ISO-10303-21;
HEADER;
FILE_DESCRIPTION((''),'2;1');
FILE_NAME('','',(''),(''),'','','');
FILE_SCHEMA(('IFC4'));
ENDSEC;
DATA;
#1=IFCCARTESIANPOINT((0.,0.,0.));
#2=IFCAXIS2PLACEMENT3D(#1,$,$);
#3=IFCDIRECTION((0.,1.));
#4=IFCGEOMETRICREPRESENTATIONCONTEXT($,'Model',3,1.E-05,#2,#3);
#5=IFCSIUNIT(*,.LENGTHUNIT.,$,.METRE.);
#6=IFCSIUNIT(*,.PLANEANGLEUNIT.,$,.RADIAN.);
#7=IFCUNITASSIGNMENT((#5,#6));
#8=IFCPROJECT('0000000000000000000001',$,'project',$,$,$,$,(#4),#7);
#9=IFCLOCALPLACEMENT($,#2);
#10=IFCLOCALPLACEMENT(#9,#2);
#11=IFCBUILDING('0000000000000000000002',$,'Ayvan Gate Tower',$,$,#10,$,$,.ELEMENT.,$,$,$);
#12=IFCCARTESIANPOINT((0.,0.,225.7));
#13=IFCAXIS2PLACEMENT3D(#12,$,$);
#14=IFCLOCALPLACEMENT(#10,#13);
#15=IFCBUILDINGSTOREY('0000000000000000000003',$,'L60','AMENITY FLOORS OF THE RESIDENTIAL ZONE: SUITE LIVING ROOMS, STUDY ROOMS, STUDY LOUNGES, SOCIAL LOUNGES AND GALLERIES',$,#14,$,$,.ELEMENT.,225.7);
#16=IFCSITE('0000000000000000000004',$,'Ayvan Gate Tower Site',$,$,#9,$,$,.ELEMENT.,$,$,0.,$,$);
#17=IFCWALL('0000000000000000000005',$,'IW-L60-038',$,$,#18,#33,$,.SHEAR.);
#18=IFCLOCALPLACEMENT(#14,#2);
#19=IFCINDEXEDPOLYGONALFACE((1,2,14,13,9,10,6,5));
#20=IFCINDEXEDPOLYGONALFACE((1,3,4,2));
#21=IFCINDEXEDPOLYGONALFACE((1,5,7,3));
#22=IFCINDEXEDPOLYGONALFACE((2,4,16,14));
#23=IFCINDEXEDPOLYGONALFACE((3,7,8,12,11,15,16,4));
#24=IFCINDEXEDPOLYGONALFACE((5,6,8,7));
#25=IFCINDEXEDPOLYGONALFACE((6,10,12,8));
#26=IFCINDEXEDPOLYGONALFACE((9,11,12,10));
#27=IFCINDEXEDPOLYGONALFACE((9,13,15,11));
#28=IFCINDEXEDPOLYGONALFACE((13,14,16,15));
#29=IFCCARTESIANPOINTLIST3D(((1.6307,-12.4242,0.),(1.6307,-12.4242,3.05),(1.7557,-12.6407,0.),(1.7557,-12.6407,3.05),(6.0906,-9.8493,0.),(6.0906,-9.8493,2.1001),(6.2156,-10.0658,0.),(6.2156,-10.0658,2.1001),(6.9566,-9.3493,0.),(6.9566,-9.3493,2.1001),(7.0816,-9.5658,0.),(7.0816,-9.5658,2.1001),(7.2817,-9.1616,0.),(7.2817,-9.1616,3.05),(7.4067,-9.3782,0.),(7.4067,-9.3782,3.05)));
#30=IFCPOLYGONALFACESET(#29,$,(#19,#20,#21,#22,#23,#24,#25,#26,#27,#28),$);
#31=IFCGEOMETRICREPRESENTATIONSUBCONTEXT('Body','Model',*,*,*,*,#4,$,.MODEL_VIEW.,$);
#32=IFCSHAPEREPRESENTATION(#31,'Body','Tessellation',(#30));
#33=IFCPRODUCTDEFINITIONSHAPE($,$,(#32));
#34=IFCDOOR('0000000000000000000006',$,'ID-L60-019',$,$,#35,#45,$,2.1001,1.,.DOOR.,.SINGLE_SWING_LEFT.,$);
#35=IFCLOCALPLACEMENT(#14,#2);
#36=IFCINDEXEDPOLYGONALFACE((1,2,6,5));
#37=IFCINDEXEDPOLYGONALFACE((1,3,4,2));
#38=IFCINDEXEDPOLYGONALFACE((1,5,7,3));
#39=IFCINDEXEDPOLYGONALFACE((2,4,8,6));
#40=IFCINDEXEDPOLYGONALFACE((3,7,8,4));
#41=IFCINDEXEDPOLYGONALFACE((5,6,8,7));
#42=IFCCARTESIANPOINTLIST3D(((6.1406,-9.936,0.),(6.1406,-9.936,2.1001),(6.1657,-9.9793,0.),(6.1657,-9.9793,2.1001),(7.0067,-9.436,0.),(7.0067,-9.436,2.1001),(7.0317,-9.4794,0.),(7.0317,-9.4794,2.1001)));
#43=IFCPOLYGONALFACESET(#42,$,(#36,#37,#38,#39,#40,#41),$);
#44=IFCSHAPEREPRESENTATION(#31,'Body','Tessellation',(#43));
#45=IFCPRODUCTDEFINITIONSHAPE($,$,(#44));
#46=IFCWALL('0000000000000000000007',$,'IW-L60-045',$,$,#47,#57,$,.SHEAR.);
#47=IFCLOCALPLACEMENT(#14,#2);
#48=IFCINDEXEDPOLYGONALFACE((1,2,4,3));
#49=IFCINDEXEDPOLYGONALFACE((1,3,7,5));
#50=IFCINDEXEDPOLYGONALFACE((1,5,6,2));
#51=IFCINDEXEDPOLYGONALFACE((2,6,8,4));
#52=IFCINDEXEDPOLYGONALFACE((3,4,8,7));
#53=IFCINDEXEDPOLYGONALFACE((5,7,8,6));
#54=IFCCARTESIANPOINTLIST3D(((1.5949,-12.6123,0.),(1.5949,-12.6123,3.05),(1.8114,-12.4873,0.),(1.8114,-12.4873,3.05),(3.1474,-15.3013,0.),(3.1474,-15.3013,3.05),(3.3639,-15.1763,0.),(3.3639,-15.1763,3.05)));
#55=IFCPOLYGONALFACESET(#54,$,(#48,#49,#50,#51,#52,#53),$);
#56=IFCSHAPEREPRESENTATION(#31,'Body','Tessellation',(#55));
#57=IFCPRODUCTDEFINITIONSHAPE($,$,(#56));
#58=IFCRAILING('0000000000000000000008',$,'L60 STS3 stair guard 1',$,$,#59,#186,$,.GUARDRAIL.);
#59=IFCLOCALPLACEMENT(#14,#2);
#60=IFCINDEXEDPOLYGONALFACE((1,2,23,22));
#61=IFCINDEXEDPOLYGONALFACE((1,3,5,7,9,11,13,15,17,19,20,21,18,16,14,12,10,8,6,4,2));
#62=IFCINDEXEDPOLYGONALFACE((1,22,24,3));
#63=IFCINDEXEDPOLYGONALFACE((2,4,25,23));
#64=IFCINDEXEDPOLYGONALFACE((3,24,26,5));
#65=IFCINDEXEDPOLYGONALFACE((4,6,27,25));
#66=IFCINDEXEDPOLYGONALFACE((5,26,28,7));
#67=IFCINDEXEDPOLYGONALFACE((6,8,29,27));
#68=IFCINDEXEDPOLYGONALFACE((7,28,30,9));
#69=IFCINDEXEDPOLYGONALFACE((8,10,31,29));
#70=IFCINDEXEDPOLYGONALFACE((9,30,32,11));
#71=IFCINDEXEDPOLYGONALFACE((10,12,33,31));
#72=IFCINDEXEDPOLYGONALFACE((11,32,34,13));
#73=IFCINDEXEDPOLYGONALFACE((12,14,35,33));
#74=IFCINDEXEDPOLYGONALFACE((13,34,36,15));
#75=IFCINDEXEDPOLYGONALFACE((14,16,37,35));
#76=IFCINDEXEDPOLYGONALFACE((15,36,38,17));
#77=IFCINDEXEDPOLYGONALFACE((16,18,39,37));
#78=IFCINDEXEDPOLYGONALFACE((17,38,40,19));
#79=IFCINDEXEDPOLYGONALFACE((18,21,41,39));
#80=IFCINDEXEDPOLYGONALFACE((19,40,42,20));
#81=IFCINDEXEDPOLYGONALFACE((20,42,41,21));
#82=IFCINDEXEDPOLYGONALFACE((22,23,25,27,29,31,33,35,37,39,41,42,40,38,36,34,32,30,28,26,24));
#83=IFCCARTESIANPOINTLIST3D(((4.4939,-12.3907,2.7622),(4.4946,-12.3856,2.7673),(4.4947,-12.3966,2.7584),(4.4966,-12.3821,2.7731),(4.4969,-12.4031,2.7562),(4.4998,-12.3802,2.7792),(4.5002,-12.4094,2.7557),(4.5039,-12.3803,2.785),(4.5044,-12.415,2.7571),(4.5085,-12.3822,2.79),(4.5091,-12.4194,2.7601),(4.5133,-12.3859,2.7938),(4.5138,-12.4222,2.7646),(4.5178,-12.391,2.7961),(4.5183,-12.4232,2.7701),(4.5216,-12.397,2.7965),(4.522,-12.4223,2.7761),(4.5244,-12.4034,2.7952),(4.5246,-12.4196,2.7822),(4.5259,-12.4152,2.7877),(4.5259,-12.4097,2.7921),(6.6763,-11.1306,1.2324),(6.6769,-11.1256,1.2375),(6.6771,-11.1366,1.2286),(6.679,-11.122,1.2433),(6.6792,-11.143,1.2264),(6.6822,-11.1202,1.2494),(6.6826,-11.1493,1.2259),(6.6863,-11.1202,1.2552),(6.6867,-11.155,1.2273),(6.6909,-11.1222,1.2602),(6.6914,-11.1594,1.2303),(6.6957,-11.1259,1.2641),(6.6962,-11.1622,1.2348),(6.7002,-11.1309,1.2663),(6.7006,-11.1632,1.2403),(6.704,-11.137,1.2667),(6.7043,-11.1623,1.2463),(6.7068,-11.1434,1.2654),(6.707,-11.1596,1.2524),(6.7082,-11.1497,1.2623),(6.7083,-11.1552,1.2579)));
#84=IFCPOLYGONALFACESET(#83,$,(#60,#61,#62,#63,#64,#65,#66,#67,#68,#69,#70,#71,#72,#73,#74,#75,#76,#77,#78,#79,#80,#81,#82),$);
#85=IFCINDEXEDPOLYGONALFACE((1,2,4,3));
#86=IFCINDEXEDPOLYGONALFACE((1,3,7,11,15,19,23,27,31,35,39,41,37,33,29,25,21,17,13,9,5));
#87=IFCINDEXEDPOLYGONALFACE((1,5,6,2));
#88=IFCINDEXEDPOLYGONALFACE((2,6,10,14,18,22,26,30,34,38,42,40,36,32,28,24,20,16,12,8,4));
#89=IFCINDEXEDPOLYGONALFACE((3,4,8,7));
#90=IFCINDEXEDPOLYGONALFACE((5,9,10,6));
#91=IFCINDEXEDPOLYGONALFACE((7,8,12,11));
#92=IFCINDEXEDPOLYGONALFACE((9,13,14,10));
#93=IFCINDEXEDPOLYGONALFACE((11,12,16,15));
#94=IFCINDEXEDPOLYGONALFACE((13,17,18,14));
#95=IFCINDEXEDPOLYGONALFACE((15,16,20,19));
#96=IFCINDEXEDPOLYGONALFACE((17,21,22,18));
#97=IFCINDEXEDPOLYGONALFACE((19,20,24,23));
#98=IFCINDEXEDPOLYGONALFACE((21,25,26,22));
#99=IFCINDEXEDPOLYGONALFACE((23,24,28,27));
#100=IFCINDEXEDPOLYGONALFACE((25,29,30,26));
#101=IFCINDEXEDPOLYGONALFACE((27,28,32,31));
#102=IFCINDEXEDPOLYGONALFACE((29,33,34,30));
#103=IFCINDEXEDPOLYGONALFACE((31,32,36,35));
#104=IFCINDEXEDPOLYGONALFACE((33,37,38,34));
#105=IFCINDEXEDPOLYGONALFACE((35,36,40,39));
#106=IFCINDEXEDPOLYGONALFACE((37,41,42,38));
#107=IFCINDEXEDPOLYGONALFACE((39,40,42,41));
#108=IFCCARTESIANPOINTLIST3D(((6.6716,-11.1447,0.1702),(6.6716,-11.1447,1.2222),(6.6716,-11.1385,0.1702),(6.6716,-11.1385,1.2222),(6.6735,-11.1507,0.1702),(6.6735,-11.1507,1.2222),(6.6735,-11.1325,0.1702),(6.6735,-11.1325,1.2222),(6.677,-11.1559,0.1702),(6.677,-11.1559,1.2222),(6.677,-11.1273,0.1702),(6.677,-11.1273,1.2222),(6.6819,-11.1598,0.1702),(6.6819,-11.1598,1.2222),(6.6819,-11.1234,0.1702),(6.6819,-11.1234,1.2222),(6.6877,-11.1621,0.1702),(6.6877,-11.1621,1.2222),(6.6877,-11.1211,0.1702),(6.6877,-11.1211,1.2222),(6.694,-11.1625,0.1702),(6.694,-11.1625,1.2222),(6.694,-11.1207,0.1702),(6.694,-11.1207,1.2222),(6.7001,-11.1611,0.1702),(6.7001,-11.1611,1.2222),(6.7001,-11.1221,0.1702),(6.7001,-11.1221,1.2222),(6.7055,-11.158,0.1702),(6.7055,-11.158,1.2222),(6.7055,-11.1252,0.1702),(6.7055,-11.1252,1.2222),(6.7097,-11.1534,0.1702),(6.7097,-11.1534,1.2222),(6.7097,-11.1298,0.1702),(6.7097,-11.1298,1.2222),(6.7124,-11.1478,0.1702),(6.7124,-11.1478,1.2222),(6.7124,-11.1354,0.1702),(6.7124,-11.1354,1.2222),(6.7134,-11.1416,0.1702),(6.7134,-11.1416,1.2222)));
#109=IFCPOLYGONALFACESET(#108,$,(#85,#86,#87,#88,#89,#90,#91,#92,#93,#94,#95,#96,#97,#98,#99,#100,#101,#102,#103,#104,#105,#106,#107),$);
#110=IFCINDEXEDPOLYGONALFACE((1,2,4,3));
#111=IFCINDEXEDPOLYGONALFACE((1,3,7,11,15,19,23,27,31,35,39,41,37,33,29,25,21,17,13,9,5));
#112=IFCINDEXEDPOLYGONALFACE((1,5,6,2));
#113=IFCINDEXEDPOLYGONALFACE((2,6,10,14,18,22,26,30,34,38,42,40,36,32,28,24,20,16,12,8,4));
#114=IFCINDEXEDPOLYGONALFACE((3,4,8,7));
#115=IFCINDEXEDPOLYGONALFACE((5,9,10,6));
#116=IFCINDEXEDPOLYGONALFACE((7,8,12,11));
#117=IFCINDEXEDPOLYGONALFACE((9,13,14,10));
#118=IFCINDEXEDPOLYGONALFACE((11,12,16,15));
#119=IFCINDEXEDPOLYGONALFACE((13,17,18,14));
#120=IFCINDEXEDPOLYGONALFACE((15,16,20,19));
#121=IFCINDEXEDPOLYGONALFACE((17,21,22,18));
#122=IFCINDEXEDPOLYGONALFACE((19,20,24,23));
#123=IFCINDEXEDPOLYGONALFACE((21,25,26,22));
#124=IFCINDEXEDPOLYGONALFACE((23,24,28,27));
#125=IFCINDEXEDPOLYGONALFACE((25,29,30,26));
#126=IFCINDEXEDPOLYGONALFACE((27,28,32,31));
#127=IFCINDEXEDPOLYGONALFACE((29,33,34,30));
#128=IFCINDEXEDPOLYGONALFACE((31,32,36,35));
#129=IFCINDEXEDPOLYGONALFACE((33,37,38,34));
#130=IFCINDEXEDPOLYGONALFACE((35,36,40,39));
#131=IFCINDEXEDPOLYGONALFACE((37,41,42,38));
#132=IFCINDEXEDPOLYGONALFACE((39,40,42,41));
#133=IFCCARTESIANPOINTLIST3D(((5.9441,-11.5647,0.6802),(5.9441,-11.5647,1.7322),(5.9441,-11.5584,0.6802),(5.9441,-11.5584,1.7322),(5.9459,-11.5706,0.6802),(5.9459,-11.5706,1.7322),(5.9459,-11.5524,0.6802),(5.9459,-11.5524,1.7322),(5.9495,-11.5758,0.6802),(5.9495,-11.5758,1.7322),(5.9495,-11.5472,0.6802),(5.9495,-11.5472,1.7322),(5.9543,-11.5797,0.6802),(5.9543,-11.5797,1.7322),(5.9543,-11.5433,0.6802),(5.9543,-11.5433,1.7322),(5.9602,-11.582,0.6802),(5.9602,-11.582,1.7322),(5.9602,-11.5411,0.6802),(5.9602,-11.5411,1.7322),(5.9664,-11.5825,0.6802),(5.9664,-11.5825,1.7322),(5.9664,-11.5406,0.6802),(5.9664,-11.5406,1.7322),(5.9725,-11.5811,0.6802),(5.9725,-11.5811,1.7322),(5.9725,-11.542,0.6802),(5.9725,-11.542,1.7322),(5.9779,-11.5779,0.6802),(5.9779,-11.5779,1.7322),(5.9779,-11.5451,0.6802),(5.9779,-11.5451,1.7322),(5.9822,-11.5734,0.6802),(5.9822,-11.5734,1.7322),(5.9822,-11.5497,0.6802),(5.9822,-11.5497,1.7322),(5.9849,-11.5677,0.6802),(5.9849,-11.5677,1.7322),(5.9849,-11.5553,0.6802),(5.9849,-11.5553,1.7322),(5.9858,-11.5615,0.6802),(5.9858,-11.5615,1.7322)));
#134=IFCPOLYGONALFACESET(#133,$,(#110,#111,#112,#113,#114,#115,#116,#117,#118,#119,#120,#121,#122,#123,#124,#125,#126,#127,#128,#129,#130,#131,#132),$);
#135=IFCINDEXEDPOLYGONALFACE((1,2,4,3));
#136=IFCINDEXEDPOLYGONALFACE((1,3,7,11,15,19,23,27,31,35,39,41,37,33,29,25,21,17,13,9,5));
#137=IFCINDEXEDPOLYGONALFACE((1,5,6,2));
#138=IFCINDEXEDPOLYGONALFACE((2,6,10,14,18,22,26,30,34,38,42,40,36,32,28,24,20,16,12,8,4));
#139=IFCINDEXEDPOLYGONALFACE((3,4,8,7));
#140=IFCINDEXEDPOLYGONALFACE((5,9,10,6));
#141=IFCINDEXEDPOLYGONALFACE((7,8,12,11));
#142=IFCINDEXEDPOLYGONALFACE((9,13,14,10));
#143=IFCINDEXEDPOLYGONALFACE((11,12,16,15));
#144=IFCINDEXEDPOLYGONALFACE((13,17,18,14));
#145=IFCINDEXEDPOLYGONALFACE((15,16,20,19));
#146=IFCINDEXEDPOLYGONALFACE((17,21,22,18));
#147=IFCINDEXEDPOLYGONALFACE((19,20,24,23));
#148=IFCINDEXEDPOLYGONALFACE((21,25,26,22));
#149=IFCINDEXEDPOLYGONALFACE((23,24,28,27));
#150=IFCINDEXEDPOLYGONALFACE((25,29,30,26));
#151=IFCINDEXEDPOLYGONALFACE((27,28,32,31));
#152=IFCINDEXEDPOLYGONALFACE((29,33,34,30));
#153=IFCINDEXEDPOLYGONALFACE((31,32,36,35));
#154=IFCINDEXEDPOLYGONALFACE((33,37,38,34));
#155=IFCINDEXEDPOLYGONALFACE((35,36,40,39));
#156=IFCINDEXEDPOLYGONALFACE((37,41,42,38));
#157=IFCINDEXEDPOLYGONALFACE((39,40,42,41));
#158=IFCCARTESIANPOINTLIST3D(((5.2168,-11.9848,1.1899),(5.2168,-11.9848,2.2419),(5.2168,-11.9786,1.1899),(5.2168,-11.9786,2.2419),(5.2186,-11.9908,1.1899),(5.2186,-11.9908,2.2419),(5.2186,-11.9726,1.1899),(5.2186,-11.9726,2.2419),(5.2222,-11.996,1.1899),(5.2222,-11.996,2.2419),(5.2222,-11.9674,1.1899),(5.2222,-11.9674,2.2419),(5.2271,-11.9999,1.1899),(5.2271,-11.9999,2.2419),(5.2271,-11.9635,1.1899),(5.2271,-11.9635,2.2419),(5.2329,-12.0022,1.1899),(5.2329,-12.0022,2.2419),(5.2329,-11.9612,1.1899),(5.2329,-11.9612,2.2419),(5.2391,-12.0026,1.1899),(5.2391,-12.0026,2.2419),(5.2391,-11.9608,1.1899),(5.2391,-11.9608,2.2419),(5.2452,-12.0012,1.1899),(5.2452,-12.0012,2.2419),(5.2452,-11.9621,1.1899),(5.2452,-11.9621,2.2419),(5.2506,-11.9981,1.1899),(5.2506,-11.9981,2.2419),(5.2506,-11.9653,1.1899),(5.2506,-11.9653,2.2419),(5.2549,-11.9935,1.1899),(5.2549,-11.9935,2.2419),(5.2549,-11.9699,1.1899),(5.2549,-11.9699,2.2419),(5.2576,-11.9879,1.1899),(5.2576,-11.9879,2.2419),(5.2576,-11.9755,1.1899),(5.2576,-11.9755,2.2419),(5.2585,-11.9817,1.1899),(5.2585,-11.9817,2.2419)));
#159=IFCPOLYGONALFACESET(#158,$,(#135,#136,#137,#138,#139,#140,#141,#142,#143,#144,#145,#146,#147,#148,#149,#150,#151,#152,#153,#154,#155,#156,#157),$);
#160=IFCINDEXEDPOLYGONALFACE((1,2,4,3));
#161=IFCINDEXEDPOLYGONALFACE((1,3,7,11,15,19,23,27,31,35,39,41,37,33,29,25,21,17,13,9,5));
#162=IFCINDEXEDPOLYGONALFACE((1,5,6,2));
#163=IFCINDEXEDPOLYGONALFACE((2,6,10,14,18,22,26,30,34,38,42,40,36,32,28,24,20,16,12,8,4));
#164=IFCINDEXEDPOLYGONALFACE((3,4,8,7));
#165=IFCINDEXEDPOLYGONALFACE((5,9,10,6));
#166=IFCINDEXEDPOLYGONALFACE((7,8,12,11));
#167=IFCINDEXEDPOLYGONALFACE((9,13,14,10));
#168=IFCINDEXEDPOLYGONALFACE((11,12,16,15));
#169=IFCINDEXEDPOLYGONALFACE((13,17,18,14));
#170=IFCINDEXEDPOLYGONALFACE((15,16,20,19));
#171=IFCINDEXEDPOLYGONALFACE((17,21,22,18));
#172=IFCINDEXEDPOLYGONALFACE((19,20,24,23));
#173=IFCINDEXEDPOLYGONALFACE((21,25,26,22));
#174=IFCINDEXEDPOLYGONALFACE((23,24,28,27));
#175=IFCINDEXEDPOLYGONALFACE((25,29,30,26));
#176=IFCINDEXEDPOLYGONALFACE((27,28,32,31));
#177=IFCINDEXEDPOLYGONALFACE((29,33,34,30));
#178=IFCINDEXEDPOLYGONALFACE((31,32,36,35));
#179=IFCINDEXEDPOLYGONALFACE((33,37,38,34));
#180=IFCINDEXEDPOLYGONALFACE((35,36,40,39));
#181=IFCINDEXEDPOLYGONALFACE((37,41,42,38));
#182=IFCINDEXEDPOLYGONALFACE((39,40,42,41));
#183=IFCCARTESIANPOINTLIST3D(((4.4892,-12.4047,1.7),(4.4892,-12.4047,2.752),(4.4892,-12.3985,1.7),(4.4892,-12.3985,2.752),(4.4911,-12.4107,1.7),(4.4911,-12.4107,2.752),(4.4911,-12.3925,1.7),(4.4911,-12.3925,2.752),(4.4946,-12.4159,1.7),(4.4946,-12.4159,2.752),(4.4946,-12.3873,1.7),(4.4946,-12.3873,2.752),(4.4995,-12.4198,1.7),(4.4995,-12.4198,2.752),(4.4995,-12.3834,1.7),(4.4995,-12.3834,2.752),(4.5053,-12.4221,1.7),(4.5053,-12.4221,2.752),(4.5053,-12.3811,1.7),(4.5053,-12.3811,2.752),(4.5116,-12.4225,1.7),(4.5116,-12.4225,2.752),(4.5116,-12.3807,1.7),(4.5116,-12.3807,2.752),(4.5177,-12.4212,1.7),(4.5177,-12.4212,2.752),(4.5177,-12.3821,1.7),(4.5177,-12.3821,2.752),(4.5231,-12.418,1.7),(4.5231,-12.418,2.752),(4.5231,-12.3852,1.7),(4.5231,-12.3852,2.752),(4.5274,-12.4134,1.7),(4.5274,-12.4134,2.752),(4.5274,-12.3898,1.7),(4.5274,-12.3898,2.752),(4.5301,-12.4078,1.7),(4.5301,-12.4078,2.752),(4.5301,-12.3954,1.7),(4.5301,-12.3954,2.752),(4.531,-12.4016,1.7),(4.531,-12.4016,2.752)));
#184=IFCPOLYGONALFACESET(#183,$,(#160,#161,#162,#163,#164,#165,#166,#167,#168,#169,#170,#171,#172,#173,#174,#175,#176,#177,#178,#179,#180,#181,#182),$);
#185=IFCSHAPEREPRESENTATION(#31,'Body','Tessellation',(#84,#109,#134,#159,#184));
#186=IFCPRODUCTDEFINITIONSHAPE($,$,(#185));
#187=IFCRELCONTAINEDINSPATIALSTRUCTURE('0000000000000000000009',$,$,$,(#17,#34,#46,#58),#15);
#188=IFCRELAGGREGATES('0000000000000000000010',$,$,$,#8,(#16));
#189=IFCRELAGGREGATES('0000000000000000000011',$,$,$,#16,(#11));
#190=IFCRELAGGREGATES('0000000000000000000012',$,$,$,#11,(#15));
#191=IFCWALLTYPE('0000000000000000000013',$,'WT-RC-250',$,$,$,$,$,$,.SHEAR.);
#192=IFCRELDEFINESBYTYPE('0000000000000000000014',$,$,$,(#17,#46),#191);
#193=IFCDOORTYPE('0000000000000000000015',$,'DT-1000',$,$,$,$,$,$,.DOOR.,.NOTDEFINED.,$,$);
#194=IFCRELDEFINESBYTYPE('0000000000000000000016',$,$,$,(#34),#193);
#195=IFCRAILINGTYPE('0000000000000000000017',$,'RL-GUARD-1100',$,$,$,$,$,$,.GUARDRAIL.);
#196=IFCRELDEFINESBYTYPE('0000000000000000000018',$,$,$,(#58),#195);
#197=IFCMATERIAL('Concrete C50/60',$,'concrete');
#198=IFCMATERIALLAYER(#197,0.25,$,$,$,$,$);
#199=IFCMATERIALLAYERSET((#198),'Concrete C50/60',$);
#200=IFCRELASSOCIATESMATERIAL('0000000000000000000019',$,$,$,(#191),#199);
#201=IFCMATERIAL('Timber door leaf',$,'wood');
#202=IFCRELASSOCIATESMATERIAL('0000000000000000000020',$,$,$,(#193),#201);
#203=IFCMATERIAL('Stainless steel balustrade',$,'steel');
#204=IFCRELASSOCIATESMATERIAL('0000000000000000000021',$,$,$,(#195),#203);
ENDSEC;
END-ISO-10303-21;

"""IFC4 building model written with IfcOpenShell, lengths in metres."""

from ifc_helpers import new_model, si_unit, direction, frame, frame_2d, origin, origin_2d, place, context, subcontext, project, spatial, rectangle, circle, extrude, material, layer, layer_set, type_object, element, fill, save


model = new_model("IFC4")

# Units and contexts
model_context = context("Model", 3, precision=1e-05, world=origin(), true_north=direction((0.0, 1.0)))
body_context = subcontext(model_context, "Body", "Model", "MODEL_VIEW")
ifc_project = project(units=[si_unit("LENGTHUNIT", "METRE"), si_unit("PLANEANGLEUNIT", "RADIAN")], contexts=[model_context])

# Site, building, storey
site_placement = place(None, origin())
site = spatial("IfcSite", under=ifc_project, at=site_placement, Name="Ayvan Gate Tower Site", CompositionType="ELEMENT", RefElevation=0.0)
building_placement = place(site_placement, origin())
building = spatial("IfcBuilding", under=site, at=building_placement, Name="Ayvan Gate Tower", CompositionType="ELEMENT")
storey_placement = place(building_placement, frame((0.0, 0.0, 225.7)))
storey = spatial("IfcBuildingStorey", under=building, at=storey_placement, Name="L60", Description="AMENITY FLOORS OF THE RESIDENTIAL ZONE: SUITE LIVING ROOMS, STUDY ROOMS, STUDY LOUNGES, SOCIAL LOUNGES AND GALLERIES", CompositionType="ELEMENT", Elevation=225.7)

# Shared definitions
ifc_material_1 = material(Name="Concrete C50/60", Category="concrete")

# Shared definitions
ifc_layer_1 = layer(ifc_material_1, 0.25)
ifc_layer_set_1 = layer_set([ifc_layer_1], Name="Concrete C50/60")
wall_type = type_object("IfcWallType", Name="WT-RC-250", PredefinedType="SHEAR", material=ifc_layer_set_1)

# Wall, opening, door
wall_1_placement = place(storey_placement, frame((1.6931, -12.5325, 0.0), z_axis=(0.0, 0.0, 1.0), x_axis=(0.866031, 0.49999, 0.0)))
wall_1 = element("IfcWall", 1, at=wall_1_placement, inside=storey, type_object=wall_type, Name="IW-L60-038", PredefinedType="SHEAR", context=body_context, shape_type="SweptSolid", body=[
    extrude(rectangle(XDim=6.5251, YDim=0.25, at=frame_2d((3.2627, 0.0))), origin(), (0.0, 0.0, 1.0), 3.05),
])
opening_placement = place(wall_1_placement, frame((5.1499, 0.0, 0.0)))
opening = element("IfcOpeningElement", 2, at=opening_placement, cuts=wall_1, PredefinedType="OPENING", context=body_context, shape_type="SweptSolid", body=[
    extrude(rectangle(XDim=1.0, YDim=2.1001, at=frame_2d((0.5, 1.05))), frame((0.0, 0.135, 0.0), z_axis=(0.0, -1.0, 0.0), x_axis=(1.0, 0.0, 0.0)), (0.0, 0.0, 1.0), 0.27),
])
ifc_material_2 = material(Name="Timber door leaf", Category="wood")
door_type = type_object("IfcDoorType", Name="DT-1000", OperationType="NOTDEFINED", PredefinedType="DOOR", material=ifc_material_2)
door_placement = place(opening_placement, origin())
door = element("IfcDoor", 3, at=door_placement, inside=storey, type_object=door_type, Name="ID-L60-019", OperationType="SINGLE_SWING_LEFT", OverallHeight=2.1001, OverallWidth=1.0, PredefinedType="DOOR", context=body_context, shape_type="SweptSolid", body=[
    extrude(rectangle(XDim=1.0, YDim=2.1001, at=frame_2d((0.5, 1.05))), frame((0.0, 0.0249, 0.0), z_axis=(0.0, -1.0, 0.0), x_axis=(1.0, 0.0, 0.0)), (0.0, 0.0, 1.0), 0.05),
])
fill(opening, door)

# Wall
wall_2_placement = place(storey_placement, frame((3.2556, -15.2388, 0.0), z_axis=(0.0, 0.0, 1.0), x_axis=(-0.500004, 0.866023, 0.0)))
element("IfcWall", 4, at=wall_2_placement, inside=storey, type_object=wall_type, Name="IW-L60-045", PredefinedType="SHEAR", context=body_context, shape_type="SweptSolid", body=[
    extrude(rectangle(XDim=3.105, YDim=0.25, at=frame_2d((1.5525, 0.0))), origin(), (0.0, 0.0, 1.0), 3.05),
])

# Railing
ifc_material_3 = material(Name="Stainless steel balustrade", Category="steel")
railing_type_1 = type_object("IfcRailingType", Name="RL-GUARD-1100", PredefinedType="GUARDRAIL", material=ifc_material_3)
railing_1_placement = place(storey_placement, frame((6.6924, -11.1416, 0.1702)))
element("IfcRailing", 5, at=railing_1_placement, inside=storey, type_object=railing_type_1, Name="L60 STS3 stair guard 1", PredefinedType="GUARDRAIL", context=body_context, shape_type="SweptSolid", body=[
    extrude(circle(Radius=0.0239, at=origin_2d()), frame((0.0, 0.0, 1.0762), z_axis=(-0.740293, -0.427414, 0.518926), x_axis=(0.500005, -0.866023, 0.0)), (0.0, 0.0, 1.0), 2.948),
    extrude(circle(Radius=0.021, at=origin_2d()), origin(), (0.0, 0.0, 1.0), 1.052),
    extrude(circle(Radius=0.021, at=origin_2d()), frame((-0.7275, -0.4199, 0.51)), (0.0, 0.0, 1.0), 1.052),
    extrude(circle(Radius=0.021, at=origin_2d()), frame((-1.4548, -0.8401, 1.0198)), (0.0, 0.0, 1.0), 1.052),
    extrude(circle(Radius=0.021, at=origin_2d()), frame((-2.1824, -1.26, 1.5298)), (0.0, 0.0, 1.0), 1.052),
])

save(model, "model.ifc")
